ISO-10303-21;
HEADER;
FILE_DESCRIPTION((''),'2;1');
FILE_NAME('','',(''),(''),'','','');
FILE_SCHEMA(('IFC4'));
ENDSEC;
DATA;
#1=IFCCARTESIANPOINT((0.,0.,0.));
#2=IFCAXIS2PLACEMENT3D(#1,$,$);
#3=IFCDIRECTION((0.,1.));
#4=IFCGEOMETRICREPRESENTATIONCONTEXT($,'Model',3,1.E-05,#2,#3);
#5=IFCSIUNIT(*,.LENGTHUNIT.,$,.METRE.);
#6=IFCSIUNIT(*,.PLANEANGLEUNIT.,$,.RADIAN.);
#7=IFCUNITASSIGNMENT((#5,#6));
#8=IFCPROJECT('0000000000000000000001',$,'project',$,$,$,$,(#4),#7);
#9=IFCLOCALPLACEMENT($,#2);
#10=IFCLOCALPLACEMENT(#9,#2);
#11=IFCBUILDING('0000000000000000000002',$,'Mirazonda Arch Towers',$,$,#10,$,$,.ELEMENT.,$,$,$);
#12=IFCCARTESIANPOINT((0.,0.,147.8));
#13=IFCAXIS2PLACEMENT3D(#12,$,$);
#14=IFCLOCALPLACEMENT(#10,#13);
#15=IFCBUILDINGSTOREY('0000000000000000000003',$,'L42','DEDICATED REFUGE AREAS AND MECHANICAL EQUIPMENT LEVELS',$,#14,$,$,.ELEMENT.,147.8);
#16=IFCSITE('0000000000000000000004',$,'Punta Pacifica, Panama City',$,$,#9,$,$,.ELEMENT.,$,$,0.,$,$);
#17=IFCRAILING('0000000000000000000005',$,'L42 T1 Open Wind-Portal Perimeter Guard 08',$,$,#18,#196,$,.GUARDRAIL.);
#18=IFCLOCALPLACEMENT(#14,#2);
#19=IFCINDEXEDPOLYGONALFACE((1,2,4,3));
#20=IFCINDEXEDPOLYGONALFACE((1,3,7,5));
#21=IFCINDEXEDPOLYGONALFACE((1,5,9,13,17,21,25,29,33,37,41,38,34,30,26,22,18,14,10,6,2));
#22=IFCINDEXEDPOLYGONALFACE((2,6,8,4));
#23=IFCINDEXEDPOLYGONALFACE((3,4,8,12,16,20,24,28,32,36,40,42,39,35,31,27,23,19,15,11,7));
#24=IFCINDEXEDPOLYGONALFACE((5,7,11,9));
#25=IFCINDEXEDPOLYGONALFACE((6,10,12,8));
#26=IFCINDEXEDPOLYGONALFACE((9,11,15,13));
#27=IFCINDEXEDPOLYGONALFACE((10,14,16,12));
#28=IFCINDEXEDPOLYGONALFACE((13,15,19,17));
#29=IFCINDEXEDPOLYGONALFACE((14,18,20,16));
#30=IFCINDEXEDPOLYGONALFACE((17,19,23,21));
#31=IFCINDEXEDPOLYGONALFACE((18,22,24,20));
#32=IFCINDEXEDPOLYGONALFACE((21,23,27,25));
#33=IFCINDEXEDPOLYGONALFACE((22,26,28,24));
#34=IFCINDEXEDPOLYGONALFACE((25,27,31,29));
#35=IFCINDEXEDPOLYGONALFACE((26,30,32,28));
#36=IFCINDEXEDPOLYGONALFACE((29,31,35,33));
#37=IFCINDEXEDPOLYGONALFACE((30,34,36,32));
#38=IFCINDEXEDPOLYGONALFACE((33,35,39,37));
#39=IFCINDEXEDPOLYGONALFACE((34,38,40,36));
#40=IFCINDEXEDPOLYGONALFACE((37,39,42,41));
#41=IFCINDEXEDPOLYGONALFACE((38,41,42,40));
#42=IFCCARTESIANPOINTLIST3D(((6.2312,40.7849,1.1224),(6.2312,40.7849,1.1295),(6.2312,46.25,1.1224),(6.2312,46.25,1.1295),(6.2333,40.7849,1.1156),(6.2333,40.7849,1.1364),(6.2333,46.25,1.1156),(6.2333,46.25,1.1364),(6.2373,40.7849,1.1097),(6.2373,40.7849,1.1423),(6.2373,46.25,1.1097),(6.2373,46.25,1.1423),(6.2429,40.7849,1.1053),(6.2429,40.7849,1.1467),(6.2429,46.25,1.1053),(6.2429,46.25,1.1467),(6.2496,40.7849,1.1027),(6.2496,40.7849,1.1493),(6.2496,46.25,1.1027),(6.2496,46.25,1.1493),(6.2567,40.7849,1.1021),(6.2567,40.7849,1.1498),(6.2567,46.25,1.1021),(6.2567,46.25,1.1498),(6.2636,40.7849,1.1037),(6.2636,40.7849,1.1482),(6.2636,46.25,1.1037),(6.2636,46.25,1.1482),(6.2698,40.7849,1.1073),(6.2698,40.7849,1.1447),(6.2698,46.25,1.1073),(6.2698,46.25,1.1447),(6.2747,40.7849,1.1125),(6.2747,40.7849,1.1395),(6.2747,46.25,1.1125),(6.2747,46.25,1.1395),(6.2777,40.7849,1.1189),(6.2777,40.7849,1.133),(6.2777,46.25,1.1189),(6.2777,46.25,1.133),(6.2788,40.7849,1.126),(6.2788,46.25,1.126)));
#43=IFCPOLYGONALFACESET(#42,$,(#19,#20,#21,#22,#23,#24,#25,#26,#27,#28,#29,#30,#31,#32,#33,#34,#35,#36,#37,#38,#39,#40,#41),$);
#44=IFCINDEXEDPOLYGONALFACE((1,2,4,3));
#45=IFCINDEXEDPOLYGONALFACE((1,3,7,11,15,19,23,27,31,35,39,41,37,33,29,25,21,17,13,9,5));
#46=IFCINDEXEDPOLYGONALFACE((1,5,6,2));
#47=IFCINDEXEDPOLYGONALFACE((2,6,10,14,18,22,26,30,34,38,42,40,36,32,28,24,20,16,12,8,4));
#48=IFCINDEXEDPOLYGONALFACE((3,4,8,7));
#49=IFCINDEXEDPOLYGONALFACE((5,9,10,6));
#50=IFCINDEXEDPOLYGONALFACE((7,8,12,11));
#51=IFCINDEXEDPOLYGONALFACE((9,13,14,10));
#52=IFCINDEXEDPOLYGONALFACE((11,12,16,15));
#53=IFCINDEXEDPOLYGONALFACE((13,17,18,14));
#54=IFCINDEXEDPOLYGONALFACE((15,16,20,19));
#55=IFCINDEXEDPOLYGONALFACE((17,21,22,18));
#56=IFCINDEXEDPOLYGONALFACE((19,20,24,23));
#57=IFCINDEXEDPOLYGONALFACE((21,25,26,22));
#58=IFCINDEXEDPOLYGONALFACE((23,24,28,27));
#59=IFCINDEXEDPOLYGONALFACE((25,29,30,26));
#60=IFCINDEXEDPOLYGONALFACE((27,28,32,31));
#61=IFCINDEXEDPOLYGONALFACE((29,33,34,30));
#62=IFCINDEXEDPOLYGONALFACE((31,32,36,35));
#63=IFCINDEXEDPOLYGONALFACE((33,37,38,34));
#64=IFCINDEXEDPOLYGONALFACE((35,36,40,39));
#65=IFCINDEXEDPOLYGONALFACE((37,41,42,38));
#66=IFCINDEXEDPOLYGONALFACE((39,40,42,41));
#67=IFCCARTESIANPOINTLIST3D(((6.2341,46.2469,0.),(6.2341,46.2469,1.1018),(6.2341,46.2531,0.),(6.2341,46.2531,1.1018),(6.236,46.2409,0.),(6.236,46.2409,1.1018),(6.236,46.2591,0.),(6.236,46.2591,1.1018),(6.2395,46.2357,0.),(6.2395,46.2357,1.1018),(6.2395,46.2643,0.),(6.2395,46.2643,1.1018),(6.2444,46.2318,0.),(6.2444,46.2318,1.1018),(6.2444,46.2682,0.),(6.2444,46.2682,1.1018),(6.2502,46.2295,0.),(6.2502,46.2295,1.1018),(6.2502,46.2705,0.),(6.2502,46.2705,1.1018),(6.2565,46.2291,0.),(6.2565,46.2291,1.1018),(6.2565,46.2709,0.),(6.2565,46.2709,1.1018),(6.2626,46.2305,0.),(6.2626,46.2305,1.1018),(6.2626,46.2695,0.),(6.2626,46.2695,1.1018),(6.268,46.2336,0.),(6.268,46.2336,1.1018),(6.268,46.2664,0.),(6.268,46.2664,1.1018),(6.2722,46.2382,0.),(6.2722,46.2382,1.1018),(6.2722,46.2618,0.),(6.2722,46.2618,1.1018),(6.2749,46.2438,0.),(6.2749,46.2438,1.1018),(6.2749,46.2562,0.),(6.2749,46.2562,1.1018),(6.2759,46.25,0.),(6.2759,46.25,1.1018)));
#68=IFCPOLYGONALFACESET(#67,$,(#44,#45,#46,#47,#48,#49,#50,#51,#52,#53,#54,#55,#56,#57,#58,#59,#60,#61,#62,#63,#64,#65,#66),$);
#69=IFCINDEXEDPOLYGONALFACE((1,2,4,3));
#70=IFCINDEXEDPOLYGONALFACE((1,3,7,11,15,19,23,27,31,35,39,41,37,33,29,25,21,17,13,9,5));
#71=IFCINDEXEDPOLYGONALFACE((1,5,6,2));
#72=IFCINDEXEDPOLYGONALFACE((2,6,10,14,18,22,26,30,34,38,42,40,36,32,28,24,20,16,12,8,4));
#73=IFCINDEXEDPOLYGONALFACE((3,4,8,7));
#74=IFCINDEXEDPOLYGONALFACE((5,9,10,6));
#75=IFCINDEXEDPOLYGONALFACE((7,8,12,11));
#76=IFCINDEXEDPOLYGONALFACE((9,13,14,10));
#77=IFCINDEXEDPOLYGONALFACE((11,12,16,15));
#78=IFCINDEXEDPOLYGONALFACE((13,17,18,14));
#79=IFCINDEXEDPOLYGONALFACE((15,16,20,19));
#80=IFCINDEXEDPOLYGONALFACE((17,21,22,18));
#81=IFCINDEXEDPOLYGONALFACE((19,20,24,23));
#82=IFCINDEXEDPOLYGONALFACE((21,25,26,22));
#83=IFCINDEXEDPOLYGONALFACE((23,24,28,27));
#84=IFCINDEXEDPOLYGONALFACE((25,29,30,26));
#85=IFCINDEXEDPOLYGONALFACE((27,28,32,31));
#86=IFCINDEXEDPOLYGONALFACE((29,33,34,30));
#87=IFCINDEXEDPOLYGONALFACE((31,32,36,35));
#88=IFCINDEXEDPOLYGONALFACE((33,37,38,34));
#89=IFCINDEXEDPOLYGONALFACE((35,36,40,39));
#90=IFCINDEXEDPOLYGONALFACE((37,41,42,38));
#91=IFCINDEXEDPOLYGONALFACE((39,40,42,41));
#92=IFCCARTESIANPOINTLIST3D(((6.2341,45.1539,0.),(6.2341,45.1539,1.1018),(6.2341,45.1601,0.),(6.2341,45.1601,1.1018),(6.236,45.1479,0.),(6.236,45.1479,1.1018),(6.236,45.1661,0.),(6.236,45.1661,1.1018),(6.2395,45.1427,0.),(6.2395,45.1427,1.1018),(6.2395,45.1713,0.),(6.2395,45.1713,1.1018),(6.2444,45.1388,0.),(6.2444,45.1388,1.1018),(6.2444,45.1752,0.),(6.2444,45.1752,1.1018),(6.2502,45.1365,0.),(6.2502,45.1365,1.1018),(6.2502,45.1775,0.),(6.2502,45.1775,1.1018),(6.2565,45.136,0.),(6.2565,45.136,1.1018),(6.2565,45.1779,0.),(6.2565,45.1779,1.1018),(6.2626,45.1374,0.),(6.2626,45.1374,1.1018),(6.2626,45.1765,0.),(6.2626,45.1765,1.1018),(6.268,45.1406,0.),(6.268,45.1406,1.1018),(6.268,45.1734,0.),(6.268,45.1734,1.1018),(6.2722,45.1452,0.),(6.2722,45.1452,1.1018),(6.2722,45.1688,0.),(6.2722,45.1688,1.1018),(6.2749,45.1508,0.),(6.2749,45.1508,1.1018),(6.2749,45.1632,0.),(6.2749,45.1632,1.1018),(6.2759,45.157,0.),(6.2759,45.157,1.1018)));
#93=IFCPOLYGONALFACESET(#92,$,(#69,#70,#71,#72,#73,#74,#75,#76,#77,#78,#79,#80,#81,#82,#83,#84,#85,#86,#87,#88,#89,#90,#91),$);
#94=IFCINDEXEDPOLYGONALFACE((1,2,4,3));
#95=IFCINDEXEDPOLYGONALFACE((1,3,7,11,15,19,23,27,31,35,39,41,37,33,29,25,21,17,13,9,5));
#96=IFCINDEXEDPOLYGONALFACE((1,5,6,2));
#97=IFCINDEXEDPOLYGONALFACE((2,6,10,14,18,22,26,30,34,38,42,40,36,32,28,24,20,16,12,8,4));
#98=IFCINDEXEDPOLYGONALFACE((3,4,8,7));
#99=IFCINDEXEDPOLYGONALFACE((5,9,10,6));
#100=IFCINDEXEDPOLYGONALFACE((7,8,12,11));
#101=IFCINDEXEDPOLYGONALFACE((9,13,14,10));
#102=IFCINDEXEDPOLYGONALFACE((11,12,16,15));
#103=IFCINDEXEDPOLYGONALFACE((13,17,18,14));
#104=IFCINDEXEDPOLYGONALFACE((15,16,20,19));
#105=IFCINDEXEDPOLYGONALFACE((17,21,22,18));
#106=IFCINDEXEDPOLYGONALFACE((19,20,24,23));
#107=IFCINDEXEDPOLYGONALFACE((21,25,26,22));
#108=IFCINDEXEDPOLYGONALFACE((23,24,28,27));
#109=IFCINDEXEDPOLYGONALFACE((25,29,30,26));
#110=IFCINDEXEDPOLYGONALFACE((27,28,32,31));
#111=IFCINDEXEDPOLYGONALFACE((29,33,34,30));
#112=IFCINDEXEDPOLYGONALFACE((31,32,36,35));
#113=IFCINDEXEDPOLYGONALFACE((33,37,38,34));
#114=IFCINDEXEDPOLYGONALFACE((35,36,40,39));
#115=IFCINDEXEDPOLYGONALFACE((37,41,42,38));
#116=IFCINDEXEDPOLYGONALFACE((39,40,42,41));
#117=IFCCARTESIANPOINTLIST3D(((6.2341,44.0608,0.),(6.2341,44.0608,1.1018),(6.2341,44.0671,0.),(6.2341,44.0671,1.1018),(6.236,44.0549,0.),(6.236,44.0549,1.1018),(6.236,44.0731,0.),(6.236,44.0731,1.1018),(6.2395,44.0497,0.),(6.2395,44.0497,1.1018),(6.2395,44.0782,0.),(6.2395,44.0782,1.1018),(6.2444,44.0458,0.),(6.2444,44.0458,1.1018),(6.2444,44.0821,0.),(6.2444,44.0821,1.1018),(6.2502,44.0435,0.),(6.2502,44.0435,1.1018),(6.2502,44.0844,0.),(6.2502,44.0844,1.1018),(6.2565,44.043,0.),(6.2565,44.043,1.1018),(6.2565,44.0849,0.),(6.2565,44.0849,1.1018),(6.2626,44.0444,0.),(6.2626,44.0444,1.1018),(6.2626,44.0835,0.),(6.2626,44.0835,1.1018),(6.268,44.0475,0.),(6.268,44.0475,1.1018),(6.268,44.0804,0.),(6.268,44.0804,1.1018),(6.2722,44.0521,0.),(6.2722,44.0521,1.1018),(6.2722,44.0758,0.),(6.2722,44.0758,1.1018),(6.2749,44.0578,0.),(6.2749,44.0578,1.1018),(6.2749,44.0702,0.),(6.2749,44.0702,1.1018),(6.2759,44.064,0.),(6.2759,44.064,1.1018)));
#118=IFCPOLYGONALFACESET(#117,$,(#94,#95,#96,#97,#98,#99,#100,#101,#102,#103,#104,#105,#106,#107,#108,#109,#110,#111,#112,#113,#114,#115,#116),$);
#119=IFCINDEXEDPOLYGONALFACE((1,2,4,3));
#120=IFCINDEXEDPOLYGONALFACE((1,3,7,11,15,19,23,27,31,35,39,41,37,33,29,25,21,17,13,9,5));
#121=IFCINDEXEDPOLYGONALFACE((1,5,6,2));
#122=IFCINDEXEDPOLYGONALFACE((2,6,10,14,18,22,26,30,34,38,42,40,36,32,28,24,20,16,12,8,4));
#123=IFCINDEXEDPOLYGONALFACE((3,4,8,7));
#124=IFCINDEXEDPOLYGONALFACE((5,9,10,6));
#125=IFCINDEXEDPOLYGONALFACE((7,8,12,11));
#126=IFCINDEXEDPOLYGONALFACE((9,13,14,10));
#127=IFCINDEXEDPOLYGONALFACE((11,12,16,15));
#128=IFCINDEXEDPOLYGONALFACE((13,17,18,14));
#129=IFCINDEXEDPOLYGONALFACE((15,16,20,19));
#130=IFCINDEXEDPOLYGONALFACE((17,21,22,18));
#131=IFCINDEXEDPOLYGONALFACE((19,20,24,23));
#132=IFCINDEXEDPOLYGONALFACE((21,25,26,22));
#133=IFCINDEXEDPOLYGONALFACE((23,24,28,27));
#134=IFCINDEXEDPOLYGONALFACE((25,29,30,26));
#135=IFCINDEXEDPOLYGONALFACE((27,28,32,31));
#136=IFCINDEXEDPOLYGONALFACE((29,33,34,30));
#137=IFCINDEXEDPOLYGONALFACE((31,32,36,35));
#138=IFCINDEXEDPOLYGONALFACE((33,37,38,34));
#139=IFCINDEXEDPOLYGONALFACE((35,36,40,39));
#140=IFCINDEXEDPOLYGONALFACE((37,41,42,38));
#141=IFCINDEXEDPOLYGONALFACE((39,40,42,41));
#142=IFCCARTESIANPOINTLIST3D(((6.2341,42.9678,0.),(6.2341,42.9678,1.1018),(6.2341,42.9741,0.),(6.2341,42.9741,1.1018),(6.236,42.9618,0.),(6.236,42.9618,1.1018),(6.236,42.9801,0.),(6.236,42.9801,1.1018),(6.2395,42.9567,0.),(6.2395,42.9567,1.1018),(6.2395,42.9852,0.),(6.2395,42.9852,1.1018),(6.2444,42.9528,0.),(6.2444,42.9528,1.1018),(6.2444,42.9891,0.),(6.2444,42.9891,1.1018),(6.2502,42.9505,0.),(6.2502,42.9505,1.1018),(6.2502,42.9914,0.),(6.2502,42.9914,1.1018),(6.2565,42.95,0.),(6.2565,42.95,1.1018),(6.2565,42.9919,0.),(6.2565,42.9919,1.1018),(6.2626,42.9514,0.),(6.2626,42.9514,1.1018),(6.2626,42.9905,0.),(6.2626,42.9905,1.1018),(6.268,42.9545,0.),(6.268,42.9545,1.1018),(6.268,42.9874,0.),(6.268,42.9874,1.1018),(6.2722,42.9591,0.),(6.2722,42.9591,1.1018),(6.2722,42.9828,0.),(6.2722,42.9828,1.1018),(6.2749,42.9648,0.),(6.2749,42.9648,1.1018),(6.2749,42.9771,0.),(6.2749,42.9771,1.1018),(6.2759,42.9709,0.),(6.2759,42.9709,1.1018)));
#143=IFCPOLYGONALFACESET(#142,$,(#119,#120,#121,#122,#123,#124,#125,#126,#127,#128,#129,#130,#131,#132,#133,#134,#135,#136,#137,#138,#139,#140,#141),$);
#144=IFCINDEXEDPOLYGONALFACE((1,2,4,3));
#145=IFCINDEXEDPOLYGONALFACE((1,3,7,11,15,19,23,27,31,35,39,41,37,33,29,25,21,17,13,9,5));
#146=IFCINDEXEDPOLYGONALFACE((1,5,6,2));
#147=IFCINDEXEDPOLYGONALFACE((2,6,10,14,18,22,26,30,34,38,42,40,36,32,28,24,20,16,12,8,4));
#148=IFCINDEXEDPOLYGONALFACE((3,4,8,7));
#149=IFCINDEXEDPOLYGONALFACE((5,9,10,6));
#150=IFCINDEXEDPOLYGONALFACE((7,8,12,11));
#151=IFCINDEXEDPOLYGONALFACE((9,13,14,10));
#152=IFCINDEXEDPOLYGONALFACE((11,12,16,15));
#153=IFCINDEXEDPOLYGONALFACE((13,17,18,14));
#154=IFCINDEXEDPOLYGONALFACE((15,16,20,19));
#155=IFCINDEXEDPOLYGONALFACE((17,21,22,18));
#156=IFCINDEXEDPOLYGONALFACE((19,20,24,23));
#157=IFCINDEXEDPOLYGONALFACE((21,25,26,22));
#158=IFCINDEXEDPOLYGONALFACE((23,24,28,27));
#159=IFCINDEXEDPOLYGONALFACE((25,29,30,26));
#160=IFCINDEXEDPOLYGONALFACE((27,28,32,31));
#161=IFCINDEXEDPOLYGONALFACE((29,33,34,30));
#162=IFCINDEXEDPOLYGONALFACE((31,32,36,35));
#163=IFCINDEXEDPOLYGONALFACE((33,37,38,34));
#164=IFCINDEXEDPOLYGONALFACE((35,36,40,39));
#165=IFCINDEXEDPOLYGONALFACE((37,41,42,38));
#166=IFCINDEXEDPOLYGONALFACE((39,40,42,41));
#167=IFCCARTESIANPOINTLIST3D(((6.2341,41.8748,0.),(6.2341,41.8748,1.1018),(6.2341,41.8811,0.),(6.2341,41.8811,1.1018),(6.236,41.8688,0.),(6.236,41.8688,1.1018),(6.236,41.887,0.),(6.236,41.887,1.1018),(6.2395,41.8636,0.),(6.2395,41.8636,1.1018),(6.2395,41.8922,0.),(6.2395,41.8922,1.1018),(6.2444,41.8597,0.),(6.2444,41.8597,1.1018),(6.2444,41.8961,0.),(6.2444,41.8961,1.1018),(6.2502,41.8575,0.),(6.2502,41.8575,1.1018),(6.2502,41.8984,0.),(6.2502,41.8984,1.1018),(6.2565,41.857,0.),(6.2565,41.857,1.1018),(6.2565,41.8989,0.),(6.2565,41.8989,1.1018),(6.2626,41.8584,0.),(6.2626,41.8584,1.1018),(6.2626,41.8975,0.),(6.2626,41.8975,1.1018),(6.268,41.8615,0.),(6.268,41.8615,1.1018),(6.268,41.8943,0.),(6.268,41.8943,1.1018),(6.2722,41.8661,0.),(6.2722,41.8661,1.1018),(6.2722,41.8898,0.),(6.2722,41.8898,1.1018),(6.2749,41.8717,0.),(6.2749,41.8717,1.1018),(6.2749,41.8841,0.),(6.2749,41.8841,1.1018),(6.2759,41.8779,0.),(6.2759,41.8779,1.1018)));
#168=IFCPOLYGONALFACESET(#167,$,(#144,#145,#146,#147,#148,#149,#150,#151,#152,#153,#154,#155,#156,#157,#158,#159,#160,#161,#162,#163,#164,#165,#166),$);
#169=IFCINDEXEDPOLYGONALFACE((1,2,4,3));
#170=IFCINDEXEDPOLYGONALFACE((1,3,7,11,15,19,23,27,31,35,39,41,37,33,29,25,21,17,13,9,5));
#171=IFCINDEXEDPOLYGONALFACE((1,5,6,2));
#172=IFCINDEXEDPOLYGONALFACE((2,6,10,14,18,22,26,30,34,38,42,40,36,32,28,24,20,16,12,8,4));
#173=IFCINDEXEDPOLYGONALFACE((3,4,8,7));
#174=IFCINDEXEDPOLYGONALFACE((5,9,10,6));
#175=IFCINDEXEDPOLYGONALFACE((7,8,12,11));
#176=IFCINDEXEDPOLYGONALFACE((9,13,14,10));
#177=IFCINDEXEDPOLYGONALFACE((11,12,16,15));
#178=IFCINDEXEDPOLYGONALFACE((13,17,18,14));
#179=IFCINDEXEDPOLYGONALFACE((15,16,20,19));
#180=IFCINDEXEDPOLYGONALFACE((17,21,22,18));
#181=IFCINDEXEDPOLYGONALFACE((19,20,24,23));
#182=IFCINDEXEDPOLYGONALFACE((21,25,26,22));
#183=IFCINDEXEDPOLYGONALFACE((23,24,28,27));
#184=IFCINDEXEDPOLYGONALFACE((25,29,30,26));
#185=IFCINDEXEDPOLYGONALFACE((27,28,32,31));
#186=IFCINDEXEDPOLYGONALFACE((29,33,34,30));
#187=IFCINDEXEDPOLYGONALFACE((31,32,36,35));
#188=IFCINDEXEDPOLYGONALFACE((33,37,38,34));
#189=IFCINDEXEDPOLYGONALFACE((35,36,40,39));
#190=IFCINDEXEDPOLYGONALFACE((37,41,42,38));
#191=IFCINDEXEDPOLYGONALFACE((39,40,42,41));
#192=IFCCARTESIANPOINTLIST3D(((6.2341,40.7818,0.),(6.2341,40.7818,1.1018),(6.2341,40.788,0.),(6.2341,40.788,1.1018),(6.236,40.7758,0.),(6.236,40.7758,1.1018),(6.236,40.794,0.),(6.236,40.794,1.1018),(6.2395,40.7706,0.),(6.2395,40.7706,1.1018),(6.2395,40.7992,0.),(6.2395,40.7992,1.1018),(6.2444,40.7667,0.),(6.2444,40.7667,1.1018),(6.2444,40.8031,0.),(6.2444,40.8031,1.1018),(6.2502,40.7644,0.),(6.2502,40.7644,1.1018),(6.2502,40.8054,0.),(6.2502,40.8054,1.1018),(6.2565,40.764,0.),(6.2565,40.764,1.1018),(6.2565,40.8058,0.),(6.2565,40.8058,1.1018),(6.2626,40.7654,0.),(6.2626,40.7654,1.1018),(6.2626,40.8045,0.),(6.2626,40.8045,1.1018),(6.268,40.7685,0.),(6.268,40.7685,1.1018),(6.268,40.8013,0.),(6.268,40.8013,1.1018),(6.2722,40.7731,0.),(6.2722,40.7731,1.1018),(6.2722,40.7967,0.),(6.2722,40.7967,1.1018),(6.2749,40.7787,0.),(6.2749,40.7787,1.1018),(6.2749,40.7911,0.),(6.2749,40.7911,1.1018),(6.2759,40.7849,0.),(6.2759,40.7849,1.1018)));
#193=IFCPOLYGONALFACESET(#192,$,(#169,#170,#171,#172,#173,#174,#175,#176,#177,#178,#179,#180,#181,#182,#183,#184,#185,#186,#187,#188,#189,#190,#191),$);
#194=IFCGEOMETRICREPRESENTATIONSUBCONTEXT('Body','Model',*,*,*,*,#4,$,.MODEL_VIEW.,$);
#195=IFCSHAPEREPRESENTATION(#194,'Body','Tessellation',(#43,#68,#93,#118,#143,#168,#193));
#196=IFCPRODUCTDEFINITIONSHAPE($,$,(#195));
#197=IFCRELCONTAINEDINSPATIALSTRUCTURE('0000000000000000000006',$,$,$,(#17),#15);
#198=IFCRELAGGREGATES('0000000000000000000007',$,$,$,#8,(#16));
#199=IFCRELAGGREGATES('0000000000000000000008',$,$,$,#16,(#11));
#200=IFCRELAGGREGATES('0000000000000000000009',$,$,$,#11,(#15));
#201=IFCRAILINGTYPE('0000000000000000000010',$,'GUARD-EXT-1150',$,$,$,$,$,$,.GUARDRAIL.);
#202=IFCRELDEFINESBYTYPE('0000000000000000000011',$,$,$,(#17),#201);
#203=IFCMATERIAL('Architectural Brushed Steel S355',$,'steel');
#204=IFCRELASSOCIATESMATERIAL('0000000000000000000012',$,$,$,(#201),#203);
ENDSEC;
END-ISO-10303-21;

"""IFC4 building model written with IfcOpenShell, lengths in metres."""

from ifc_helpers import new_model, si_unit, direction, frame, origin, origin_2d, place, context, subcontext, project, spatial, circle, extrude, material, type_object, element, save


model = new_model("IFC4")

# Units and contexts
model_context = context("Model", 3, precision=1e-05, world=origin(), true_north=direction((0.0, 1.0)))
body_context = subcontext(model_context, "Body", "Model", "MODEL_VIEW")
ifc_project = project(units=[si_unit("LENGTHUNIT", "METRE"), si_unit("PLANEANGLEUNIT", "RADIAN")], contexts=[model_context])

# Site, building, storey
site_placement = place(None, origin())
site = spatial("IfcSite", under=ifc_project, at=site_placement, Name="Punta Pacifica, Panama City", CompositionType="ELEMENT", RefElevation=0.0)
building_placement = place(site_placement, origin())
building = spatial("IfcBuilding", under=site, at=building_placement, Name="Mirazonda Arch Towers", CompositionType="ELEMENT")
storey_placement = place(building_placement, frame((0.0, 0.0, 147.8)))
storey = spatial("IfcBuildingStorey", under=building, at=storey_placement, Name="L42", Description="DEDICATED REFUGE AREAS AND MECHANICAL EQUIPMENT LEVELS", CompositionType="ELEMENT", Elevation=147.8)

# Railing
ifc_material_1 = material(Name="Architectural Brushed Steel S355", Category="steel")
railing_type = type_object("IfcRailingType", Name="GUARD-EXT-1150", PredefinedType="GUARDRAIL", material=ifc_material_1)
railing_1_placement = place(storey_placement, frame((6.2549, 46.25, 0.0)))
element("IfcRailing", 1, at=railing_1_placement, inside=storey, type_object=railing_type, Name="L42 T1 Open Wind-Portal Perimeter Guard 08", PredefinedType="GUARDRAIL", context=body_context, shape_type="SweptSolid", body=[
    extrude(circle(Radius=0.0239, at=origin_2d()), frame((0.0, 0.0, 1.126), z_axis=(0.0, -1.0, 0.0), x_axis=(1.0, 0.0, 0.0)), (0.0, 0.0, 1.0), 5.4651),
    extrude(circle(Radius=0.021, at=origin_2d()), origin(), (0.0, 0.0, 1.0), 1.1018),
    extrude(circle(Radius=0.021, at=origin_2d()), frame((0.0, -1.093, 0.0)), (0.0, 0.0, 1.0), 1.1018),
    extrude(circle(Radius=0.021, at=origin_2d()), frame((0.0, -2.186, 0.0)), (0.0, 0.0, 1.0), 1.1018),
    extrude(circle(Radius=0.021, at=origin_2d()), frame((0.0, -3.2791, 0.0)), (0.0, 0.0, 1.0), 1.1018),
    extrude(circle(Radius=0.021, at=origin_2d()), frame((0.0, -4.3721, 0.0)), (0.0, 0.0, 1.0), 1.1018),
    extrude(circle(Radius=0.021, at=origin_2d()), frame((0.0, -5.4651, 0.0)), (0.0, 0.0, 1.0), 1.1018),
])

save(model, "model.ifc")
